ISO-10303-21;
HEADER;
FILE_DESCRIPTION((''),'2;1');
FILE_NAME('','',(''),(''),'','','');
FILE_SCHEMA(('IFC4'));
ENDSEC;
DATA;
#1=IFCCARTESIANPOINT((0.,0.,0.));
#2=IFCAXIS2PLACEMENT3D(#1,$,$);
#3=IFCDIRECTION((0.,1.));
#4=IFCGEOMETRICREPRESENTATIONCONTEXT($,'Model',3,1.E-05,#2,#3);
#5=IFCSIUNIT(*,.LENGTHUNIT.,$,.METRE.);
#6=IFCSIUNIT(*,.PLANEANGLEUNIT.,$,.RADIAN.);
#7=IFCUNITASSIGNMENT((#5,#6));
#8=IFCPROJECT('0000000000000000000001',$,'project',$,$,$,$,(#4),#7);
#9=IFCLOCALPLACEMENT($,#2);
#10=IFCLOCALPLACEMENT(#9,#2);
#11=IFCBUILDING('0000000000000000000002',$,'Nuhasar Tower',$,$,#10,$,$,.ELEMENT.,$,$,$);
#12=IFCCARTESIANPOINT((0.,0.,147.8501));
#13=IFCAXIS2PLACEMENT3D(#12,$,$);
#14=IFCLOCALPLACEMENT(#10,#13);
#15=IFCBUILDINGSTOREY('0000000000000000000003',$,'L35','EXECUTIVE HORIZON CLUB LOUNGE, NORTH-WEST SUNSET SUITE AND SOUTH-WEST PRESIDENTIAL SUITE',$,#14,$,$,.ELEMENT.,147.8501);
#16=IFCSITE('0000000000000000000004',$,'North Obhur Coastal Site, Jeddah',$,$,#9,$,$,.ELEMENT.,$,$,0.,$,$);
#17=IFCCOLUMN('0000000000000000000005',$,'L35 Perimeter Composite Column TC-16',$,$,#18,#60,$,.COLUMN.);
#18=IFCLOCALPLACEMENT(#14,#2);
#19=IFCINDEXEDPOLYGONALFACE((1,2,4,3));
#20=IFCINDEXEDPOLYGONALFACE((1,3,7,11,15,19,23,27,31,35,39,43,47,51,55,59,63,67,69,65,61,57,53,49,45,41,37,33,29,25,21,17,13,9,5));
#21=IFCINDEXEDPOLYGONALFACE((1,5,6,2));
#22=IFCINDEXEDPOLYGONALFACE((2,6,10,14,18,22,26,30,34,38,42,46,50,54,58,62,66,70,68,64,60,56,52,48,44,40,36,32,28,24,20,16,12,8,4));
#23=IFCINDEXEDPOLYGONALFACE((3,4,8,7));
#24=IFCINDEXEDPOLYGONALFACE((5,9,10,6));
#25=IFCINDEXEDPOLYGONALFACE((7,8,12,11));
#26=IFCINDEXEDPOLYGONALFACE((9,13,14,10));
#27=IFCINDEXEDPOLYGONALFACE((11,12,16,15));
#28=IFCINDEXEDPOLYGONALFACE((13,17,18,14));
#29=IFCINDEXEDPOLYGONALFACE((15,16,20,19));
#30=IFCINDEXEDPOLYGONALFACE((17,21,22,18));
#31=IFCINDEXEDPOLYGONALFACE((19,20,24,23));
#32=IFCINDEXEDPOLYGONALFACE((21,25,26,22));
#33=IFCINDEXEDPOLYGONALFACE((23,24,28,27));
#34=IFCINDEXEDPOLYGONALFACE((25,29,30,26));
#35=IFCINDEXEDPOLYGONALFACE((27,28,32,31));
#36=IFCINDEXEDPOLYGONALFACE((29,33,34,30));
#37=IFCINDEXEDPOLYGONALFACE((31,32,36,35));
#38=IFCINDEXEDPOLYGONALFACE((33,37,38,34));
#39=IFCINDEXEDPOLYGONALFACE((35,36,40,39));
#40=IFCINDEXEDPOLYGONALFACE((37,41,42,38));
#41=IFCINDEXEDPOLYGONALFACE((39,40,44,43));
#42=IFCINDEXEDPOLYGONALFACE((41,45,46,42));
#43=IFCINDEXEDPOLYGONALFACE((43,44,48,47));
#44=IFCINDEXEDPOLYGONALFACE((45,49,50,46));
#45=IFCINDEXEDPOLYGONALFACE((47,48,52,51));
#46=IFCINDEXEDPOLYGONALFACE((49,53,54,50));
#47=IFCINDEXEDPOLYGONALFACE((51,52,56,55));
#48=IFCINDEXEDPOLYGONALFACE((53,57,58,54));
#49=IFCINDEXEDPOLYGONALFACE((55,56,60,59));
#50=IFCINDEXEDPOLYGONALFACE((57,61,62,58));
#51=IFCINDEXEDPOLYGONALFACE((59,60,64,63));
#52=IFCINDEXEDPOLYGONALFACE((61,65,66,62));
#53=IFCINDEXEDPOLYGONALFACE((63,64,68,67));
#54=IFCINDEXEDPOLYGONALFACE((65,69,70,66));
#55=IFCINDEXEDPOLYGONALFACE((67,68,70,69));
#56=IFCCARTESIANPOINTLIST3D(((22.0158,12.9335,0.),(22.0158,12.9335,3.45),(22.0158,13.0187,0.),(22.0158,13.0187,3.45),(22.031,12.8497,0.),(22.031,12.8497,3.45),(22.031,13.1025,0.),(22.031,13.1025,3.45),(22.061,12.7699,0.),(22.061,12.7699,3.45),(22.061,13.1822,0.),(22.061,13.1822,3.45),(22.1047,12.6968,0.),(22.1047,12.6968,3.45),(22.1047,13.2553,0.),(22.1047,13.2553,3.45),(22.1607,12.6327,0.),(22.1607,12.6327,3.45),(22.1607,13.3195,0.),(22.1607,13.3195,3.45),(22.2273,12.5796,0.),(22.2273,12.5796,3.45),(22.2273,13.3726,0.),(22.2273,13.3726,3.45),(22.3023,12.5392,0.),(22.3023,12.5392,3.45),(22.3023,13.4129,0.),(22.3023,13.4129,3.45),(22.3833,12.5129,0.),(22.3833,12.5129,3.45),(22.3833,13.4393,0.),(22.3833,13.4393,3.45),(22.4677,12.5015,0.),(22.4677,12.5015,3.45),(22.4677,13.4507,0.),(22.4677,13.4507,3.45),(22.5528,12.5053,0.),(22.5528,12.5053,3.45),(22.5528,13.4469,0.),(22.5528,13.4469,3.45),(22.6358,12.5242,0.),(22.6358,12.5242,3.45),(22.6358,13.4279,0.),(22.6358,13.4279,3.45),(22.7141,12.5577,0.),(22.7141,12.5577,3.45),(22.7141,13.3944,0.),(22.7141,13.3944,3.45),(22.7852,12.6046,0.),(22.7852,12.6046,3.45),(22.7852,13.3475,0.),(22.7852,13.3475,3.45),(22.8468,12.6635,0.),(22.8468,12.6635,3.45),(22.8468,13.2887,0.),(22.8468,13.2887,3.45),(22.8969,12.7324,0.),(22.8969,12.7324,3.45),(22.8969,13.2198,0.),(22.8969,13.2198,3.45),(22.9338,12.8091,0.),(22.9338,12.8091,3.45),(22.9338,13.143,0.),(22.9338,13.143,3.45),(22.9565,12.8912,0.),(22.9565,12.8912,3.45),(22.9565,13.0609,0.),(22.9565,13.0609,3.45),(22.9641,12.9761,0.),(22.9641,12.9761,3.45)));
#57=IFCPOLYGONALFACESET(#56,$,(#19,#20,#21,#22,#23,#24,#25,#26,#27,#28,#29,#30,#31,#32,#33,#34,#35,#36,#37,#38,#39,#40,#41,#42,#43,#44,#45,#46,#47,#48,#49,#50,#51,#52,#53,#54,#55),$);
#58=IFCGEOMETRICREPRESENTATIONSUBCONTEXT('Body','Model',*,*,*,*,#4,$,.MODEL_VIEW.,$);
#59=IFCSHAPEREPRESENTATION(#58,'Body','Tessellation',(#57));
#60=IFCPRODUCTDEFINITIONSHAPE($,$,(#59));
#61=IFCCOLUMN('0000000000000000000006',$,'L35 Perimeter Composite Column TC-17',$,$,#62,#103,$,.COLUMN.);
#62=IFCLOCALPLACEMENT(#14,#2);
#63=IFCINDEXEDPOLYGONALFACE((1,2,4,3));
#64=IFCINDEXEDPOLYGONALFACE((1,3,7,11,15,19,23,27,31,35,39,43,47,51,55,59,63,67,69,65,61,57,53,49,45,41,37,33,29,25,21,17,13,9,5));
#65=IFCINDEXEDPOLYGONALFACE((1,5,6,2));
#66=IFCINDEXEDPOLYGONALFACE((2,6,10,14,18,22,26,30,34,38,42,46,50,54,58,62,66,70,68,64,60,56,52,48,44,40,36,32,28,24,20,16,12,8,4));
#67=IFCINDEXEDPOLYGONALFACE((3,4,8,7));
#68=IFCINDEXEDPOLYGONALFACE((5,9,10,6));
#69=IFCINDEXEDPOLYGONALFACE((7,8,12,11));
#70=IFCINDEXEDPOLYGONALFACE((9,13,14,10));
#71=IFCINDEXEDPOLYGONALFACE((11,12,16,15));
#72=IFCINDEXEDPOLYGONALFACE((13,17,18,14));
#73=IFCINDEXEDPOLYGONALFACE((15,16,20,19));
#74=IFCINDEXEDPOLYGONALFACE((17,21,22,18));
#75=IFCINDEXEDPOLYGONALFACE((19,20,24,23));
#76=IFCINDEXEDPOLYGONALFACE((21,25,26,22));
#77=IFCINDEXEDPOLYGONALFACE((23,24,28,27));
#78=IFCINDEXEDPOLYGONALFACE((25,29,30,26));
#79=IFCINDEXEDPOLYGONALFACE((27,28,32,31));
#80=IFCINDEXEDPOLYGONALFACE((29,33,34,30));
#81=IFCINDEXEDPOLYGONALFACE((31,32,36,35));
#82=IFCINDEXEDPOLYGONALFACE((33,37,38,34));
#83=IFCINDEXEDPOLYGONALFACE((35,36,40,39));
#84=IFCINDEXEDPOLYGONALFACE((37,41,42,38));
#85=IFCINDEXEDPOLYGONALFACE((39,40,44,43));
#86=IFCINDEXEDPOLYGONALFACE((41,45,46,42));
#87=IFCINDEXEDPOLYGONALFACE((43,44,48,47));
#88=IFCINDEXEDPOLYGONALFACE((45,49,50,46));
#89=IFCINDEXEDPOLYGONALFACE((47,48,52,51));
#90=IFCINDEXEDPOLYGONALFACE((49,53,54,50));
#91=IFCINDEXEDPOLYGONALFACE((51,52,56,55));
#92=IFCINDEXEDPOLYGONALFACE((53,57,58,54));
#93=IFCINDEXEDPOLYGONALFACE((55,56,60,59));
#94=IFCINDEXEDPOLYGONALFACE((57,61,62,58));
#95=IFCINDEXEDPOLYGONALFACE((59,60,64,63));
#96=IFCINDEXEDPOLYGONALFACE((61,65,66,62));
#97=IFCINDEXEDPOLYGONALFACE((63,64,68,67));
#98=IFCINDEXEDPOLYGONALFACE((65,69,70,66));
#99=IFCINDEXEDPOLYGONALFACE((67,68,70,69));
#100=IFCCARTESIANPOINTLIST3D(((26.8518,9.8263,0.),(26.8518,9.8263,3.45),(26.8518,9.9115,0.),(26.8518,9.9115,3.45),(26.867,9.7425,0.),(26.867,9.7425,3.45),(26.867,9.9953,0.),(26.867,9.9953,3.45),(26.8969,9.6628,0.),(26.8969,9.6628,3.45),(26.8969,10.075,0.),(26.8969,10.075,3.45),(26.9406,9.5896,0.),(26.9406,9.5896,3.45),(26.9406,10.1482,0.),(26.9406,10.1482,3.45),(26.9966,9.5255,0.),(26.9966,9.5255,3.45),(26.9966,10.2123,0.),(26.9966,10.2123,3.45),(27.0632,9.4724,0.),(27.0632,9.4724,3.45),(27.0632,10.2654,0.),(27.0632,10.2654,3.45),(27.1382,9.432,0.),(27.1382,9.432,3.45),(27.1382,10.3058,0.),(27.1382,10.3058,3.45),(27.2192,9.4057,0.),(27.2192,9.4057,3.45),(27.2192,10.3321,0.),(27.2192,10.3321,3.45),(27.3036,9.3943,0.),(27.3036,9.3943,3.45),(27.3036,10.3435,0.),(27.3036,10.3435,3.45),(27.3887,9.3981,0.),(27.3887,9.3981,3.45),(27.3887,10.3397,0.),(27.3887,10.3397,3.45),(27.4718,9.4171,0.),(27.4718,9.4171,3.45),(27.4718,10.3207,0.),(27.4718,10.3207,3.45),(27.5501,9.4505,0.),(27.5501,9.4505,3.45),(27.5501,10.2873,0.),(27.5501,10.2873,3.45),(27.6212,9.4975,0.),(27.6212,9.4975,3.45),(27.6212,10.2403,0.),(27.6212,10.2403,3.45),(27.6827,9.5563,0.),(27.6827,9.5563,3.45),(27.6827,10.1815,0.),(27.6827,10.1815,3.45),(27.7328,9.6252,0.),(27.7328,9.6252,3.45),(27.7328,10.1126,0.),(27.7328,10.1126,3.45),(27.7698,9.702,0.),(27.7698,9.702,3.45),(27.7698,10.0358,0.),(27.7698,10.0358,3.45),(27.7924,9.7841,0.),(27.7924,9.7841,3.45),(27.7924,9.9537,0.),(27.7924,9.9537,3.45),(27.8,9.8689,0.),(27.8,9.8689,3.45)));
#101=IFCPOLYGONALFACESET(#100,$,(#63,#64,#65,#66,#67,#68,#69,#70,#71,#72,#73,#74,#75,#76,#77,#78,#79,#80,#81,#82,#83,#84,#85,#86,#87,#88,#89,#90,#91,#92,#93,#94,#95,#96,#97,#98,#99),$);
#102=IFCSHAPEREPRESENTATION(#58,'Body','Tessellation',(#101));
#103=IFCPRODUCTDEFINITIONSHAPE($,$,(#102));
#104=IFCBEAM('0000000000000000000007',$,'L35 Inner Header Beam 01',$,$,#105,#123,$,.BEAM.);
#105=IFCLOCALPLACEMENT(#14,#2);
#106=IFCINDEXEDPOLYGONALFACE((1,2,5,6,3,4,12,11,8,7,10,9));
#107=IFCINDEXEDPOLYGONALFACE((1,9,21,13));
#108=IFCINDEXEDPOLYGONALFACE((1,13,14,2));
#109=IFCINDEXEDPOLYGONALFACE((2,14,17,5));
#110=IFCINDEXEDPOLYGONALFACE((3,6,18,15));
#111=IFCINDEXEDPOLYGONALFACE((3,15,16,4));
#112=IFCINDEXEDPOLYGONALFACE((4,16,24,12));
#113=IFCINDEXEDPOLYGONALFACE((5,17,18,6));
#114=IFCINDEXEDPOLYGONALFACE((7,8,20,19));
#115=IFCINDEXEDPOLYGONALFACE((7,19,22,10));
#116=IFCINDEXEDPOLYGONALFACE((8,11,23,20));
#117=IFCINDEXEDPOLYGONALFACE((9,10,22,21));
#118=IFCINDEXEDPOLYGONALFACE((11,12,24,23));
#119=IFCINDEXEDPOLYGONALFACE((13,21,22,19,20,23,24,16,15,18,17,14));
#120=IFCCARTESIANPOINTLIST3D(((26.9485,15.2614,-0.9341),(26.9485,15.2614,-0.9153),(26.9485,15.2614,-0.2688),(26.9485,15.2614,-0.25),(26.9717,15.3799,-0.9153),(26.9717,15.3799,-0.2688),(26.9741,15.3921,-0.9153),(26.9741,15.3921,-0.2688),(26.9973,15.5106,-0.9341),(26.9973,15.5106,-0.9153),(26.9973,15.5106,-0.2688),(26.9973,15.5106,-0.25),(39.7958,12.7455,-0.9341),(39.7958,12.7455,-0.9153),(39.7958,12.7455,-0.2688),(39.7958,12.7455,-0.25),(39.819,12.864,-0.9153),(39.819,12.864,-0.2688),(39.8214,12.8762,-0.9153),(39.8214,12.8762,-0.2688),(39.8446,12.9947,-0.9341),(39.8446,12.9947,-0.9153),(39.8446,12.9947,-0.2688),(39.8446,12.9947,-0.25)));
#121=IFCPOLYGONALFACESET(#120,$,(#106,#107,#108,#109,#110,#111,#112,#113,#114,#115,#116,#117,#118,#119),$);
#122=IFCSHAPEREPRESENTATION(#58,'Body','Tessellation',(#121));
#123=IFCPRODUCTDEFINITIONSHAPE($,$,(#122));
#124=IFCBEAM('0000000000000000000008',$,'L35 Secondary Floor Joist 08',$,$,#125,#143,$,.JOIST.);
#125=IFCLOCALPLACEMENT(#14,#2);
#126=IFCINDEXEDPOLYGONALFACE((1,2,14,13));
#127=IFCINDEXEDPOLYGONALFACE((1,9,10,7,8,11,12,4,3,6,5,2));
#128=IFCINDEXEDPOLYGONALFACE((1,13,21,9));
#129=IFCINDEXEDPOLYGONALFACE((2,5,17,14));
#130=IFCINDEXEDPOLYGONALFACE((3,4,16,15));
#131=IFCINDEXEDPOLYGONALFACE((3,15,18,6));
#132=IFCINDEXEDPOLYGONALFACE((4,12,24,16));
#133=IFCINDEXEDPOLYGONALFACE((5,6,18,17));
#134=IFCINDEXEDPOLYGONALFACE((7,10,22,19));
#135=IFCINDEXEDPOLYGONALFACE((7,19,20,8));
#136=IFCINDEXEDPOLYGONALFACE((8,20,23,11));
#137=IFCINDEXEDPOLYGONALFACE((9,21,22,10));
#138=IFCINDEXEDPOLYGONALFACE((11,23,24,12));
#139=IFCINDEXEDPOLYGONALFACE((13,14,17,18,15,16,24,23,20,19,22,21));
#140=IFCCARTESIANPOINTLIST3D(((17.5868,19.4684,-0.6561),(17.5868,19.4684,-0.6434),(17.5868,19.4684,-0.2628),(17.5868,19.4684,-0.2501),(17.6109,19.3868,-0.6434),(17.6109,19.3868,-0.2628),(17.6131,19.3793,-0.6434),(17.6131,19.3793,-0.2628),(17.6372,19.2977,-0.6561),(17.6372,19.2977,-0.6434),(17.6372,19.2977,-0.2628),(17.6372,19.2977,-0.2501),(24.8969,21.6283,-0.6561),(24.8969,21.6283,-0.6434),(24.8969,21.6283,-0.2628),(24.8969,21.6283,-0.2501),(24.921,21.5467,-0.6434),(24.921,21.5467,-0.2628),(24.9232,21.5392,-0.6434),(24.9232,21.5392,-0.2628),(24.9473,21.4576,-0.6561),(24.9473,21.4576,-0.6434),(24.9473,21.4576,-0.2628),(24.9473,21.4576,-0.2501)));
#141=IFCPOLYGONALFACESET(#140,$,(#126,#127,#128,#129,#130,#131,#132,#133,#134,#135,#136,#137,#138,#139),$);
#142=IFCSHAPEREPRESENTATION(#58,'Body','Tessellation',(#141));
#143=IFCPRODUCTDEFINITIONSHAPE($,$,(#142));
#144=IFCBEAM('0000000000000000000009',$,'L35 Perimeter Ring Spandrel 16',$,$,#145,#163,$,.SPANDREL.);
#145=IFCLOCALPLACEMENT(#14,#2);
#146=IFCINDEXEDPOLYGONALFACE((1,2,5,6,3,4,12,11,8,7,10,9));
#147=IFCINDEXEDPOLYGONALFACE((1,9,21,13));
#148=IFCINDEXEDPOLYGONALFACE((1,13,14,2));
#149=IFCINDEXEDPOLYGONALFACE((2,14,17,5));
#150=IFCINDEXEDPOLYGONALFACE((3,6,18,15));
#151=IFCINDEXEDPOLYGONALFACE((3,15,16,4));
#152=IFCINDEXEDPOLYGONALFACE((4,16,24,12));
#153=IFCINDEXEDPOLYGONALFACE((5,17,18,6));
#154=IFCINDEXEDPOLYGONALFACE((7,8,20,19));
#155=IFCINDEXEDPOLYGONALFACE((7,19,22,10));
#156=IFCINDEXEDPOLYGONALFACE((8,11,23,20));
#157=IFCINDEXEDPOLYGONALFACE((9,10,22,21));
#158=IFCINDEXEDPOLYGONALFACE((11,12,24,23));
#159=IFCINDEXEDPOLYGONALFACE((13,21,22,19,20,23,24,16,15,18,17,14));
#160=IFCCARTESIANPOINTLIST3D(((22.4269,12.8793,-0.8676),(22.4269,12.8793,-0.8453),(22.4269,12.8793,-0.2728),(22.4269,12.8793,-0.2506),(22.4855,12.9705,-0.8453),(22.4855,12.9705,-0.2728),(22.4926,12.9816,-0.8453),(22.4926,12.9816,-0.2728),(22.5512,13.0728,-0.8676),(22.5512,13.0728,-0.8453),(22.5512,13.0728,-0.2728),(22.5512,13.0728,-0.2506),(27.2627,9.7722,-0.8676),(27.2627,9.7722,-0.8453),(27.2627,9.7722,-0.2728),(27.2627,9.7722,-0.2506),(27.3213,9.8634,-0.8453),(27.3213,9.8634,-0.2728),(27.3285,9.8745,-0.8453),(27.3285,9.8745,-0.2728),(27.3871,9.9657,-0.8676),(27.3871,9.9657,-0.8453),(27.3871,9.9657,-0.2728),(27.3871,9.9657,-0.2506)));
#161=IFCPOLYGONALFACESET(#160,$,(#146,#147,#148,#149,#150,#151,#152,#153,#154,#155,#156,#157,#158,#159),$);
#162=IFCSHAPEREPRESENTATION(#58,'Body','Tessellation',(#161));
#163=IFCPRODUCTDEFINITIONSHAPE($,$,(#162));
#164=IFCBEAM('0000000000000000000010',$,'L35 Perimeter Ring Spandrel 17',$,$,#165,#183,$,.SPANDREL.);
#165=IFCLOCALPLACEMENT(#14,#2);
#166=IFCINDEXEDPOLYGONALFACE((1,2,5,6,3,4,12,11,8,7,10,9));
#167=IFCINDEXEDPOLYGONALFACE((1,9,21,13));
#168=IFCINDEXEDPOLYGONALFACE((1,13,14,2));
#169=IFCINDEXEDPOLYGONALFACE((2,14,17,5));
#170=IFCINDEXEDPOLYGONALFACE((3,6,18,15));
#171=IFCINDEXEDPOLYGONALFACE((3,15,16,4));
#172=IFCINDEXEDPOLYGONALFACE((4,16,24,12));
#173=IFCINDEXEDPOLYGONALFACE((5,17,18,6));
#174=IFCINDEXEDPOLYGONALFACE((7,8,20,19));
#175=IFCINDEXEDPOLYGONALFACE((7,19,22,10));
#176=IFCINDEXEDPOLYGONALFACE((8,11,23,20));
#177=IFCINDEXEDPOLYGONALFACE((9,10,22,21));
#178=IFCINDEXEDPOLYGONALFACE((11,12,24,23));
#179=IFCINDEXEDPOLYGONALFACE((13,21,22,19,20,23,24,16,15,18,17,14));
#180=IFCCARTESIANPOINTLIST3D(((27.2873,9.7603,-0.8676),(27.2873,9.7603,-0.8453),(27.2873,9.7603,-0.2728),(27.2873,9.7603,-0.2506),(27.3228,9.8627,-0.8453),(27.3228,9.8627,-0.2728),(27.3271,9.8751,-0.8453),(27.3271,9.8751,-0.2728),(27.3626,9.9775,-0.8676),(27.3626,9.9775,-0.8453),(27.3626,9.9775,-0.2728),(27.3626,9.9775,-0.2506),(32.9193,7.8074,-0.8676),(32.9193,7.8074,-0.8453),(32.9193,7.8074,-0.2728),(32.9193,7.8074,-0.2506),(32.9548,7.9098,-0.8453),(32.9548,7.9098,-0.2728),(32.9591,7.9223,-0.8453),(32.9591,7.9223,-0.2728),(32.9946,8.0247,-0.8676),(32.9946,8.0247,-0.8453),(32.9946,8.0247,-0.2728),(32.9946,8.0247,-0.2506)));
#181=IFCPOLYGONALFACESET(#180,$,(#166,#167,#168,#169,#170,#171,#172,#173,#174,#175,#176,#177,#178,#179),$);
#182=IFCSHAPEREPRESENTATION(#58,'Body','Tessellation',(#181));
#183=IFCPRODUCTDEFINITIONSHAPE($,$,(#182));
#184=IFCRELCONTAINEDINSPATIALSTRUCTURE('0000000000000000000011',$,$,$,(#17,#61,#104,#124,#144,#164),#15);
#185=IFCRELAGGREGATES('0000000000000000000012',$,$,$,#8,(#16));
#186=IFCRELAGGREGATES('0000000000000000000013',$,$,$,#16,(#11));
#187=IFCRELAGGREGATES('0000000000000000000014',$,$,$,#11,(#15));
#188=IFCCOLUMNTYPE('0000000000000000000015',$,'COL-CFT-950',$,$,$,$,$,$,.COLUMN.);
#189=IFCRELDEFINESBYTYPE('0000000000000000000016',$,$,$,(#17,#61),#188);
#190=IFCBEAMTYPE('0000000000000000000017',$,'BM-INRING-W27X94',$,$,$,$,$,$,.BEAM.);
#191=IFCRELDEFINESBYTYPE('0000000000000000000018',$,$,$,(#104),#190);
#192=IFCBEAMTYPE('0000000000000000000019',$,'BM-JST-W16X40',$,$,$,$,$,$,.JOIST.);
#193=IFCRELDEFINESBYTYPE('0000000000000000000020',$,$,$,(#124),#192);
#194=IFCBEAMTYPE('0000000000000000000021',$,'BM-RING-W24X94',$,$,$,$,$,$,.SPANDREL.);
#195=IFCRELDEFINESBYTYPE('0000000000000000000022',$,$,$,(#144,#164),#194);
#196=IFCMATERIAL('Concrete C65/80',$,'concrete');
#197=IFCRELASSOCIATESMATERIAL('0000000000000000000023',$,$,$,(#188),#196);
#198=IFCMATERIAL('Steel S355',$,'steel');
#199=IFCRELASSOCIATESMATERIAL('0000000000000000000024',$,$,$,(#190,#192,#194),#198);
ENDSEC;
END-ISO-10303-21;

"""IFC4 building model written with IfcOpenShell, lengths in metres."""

from ifc_helpers import new_model, si_unit, direction, frame, origin, origin_2d, place, context, subcontext, project, spatial, circle, i_section, extrude, material, material_profile, profile_set, type_object, element, save


model = new_model("IFC4")

# Units and contexts
model_context = context("Model", 3, precision=1e-05, world=origin(), true_north=direction((0.0, 1.0)))
body_context = subcontext(model_context, "Body", "Model", "MODEL_VIEW")
ifc_project = project(units=[si_unit("LENGTHUNIT", "METRE"), si_unit("PLANEANGLEUNIT", "RADIAN")], contexts=[model_context])

# Site, building, storey
site_placement = place(None, origin())
site = spatial("IfcSite", under=ifc_project, at=site_placement, Name="North Obhur Coastal Site, Jeddah", CompositionType="ELEMENT", RefElevation=0.0)
building_placement = place(site_placement, origin())
building = spatial("IfcBuilding", under=site, at=building_placement, Name="Nuhasar Tower", CompositionType="ELEMENT")
storey_placement = place(building_placement, frame((0.0, 0.0, 147.8501)))
storey = spatial("IfcBuildingStorey", under=building, at=storey_placement, Name="L35", Description="EXECUTIVE HORIZON CLUB LOUNGE, NORTH-WEST SUNSET SUITE AND SOUTH-WEST PRESIDENTIAL SUITE", CompositionType="ELEMENT", Elevation=147.8501)

# Columns
ifc_material_1 = material(Name="Concrete C65/80", Category="concrete")
ifc_material_profile_1 = material_profile(ifc_material_1, circle(Radius=0.4751, at=origin_2d()), Name="CFT950")
ifc_profile_set_1 = profile_set([ifc_material_profile_1], Name="Concrete C65/80")
column_type = type_object("IfcColumnType", Name="COL-CFT-950", PredefinedType="COLUMN", material=ifc_profile_set_1)
for number, where, z_axis, x_axis, name in (
    (1, (22.489, 12.9761, 0.0), (0.0, 0.0, 1.0), (1.0, 0.0, 0.0), "L35 Perimeter Composite Column TC-16"),
    (2, (27.325, 9.8689, 0.0), (0.0, 0.0, 1.0), (1.0, 0.0, 0.0), "L35 Perimeter Composite Column TC-17"),
):
    element("IfcColumn", number, at=place(storey_placement, frame(where, z_axis=z_axis, x_axis=x_axis)), inside=storey, type_object=column_type, Name=name, PredefinedType="COLUMN", context=body_context, shape_type="SweptSolid", body=[
        extrude(circle(Radius=0.4751, at=origin_2d()), origin(), (0.0, 0.0, 1.0), 3.45),
    ])

# Beams
ifc_material_2 = material(Name="Steel S355", Category="steel")
ifc_material_profile_2 = material_profile(ifc_material_2, i_section(OverallWidth=0.2539, OverallDepth=0.6841, WebThickness=0.0125, FlangeThickness=0.0188, at=origin_2d()), Name="W27X94")
ifc_profile_set_2 = profile_set([ifc_material_profile_2], Name="Steel S355")
beam_type_1 = type_object("IfcBeamType", Name="BM-INRING-W27X94", PredefinedType="BEAM", material=ifc_profile_set_2)
beam_1_placement = place(storey_placement, frame((26.9729, 15.386, -0.592), z_axis=(0.98136, -0.19218, 0.0), x_axis=(0.19218, 0.98136, 0.0)))
element("IfcBeam", 3, at=beam_1_placement, inside=storey, type_object=beam_type_1, Name="L35 Inner Header Beam 01", PredefinedType="BEAM", context=body_context, shape_type="SweptSolid", body=[
    extrude(i_section(OverallWidth=0.2539, OverallDepth=0.6841, WebThickness=0.0125, FlangeThickness=0.0188, at=origin_2d()), origin(), (0.0, 0.0, 1.0), 13.0913),
])
ifc_material_profile_3 = material_profile(ifc_material_2, i_section(OverallWidth=0.178, OverallDepth=0.406, WebThickness=0.0078, FlangeThickness=0.0127, at=origin_2d()), Name="W16X40")
ifc_profile_set_3 = profile_set([ifc_material_profile_3], Name="Steel S355")
beam_type_2 = type_object("IfcBeamType", Name="BM-JST-W16X40", PredefinedType="JOIST", material=ifc_profile_set_3)
beam_2_placement = place(storey_placement, frame((24.9221, 21.543, -0.4531), z_axis=(-0.959013, -0.283361, 0.0), x_axis=(0.283361, -0.959013, 0.0)))
element("IfcBeam", 4, at=beam_2_placement, inside=storey, type_object=beam_type_2, Name="L35 Secondary Floor Joist 08", PredefinedType="JOIST", context=body_context, shape_type="SweptSolid", body=[
    extrude(i_section(OverallWidth=0.178, OverallDepth=0.406, WebThickness=0.0078, FlangeThickness=0.0127, at=origin_2d()), origin(), (0.0, 0.0, 1.0), 7.6226),
])
ifc_material_profile_4 = material_profile(ifc_material_2, i_section(OverallWidth=0.23, OverallDepth=0.6169, WebThickness=0.0132, FlangeThickness=0.0222, at=origin_2d()), Name="W24X94")
ifc_profile_set_4 = profile_set([ifc_material_profile_4], Name="Steel S355")
beam_type_3 = type_object("IfcBeamType", Name="BM-RING-W24X94", PredefinedType="SPANDREL", material=ifc_profile_set_4)
beam_3_placement = place(storey_placement, frame((22.489, 12.9761, -0.5591), z_axis=(0.841308, -0.540556, 0.0), x_axis=(0.540556, 0.841308, 0.0)))
element("IfcBeam", 5, at=beam_3_placement, inside=storey, type_object=beam_type_3, Name="L35 Perimeter Ring Spandrel 16", PredefinedType="SPANDREL", context=body_context, shape_type="SweptSolid", body=[
    extrude(i_section(OverallWidth=0.23, OverallDepth=0.6169, WebThickness=0.0132, FlangeThickness=0.0222, at=origin_2d()), origin(), (0.0, 0.0, 1.0), 5.748),
])
beam_4_placement = place(storey_placement, frame((27.325, 9.8689, -0.5591), z_axis=(0.944814, -0.327607, 0.0), x_axis=(0.327607, 0.944814, 0.0)))
element("IfcBeam", 6, at=beam_4_placement, inside=storey, type_object=beam_type_3, Name="L35 Perimeter Ring Spandrel 17", PredefinedType="SPANDREL", context=body_context, shape_type="SweptSolid", body=[
    extrude(i_section(OverallWidth=0.23, OverallDepth=0.6169, WebThickness=0.0132, FlangeThickness=0.0222, at=origin_2d()), origin(), (0.0, 0.0, 1.0), 5.9609),
])

save(model, "model.ifc")
